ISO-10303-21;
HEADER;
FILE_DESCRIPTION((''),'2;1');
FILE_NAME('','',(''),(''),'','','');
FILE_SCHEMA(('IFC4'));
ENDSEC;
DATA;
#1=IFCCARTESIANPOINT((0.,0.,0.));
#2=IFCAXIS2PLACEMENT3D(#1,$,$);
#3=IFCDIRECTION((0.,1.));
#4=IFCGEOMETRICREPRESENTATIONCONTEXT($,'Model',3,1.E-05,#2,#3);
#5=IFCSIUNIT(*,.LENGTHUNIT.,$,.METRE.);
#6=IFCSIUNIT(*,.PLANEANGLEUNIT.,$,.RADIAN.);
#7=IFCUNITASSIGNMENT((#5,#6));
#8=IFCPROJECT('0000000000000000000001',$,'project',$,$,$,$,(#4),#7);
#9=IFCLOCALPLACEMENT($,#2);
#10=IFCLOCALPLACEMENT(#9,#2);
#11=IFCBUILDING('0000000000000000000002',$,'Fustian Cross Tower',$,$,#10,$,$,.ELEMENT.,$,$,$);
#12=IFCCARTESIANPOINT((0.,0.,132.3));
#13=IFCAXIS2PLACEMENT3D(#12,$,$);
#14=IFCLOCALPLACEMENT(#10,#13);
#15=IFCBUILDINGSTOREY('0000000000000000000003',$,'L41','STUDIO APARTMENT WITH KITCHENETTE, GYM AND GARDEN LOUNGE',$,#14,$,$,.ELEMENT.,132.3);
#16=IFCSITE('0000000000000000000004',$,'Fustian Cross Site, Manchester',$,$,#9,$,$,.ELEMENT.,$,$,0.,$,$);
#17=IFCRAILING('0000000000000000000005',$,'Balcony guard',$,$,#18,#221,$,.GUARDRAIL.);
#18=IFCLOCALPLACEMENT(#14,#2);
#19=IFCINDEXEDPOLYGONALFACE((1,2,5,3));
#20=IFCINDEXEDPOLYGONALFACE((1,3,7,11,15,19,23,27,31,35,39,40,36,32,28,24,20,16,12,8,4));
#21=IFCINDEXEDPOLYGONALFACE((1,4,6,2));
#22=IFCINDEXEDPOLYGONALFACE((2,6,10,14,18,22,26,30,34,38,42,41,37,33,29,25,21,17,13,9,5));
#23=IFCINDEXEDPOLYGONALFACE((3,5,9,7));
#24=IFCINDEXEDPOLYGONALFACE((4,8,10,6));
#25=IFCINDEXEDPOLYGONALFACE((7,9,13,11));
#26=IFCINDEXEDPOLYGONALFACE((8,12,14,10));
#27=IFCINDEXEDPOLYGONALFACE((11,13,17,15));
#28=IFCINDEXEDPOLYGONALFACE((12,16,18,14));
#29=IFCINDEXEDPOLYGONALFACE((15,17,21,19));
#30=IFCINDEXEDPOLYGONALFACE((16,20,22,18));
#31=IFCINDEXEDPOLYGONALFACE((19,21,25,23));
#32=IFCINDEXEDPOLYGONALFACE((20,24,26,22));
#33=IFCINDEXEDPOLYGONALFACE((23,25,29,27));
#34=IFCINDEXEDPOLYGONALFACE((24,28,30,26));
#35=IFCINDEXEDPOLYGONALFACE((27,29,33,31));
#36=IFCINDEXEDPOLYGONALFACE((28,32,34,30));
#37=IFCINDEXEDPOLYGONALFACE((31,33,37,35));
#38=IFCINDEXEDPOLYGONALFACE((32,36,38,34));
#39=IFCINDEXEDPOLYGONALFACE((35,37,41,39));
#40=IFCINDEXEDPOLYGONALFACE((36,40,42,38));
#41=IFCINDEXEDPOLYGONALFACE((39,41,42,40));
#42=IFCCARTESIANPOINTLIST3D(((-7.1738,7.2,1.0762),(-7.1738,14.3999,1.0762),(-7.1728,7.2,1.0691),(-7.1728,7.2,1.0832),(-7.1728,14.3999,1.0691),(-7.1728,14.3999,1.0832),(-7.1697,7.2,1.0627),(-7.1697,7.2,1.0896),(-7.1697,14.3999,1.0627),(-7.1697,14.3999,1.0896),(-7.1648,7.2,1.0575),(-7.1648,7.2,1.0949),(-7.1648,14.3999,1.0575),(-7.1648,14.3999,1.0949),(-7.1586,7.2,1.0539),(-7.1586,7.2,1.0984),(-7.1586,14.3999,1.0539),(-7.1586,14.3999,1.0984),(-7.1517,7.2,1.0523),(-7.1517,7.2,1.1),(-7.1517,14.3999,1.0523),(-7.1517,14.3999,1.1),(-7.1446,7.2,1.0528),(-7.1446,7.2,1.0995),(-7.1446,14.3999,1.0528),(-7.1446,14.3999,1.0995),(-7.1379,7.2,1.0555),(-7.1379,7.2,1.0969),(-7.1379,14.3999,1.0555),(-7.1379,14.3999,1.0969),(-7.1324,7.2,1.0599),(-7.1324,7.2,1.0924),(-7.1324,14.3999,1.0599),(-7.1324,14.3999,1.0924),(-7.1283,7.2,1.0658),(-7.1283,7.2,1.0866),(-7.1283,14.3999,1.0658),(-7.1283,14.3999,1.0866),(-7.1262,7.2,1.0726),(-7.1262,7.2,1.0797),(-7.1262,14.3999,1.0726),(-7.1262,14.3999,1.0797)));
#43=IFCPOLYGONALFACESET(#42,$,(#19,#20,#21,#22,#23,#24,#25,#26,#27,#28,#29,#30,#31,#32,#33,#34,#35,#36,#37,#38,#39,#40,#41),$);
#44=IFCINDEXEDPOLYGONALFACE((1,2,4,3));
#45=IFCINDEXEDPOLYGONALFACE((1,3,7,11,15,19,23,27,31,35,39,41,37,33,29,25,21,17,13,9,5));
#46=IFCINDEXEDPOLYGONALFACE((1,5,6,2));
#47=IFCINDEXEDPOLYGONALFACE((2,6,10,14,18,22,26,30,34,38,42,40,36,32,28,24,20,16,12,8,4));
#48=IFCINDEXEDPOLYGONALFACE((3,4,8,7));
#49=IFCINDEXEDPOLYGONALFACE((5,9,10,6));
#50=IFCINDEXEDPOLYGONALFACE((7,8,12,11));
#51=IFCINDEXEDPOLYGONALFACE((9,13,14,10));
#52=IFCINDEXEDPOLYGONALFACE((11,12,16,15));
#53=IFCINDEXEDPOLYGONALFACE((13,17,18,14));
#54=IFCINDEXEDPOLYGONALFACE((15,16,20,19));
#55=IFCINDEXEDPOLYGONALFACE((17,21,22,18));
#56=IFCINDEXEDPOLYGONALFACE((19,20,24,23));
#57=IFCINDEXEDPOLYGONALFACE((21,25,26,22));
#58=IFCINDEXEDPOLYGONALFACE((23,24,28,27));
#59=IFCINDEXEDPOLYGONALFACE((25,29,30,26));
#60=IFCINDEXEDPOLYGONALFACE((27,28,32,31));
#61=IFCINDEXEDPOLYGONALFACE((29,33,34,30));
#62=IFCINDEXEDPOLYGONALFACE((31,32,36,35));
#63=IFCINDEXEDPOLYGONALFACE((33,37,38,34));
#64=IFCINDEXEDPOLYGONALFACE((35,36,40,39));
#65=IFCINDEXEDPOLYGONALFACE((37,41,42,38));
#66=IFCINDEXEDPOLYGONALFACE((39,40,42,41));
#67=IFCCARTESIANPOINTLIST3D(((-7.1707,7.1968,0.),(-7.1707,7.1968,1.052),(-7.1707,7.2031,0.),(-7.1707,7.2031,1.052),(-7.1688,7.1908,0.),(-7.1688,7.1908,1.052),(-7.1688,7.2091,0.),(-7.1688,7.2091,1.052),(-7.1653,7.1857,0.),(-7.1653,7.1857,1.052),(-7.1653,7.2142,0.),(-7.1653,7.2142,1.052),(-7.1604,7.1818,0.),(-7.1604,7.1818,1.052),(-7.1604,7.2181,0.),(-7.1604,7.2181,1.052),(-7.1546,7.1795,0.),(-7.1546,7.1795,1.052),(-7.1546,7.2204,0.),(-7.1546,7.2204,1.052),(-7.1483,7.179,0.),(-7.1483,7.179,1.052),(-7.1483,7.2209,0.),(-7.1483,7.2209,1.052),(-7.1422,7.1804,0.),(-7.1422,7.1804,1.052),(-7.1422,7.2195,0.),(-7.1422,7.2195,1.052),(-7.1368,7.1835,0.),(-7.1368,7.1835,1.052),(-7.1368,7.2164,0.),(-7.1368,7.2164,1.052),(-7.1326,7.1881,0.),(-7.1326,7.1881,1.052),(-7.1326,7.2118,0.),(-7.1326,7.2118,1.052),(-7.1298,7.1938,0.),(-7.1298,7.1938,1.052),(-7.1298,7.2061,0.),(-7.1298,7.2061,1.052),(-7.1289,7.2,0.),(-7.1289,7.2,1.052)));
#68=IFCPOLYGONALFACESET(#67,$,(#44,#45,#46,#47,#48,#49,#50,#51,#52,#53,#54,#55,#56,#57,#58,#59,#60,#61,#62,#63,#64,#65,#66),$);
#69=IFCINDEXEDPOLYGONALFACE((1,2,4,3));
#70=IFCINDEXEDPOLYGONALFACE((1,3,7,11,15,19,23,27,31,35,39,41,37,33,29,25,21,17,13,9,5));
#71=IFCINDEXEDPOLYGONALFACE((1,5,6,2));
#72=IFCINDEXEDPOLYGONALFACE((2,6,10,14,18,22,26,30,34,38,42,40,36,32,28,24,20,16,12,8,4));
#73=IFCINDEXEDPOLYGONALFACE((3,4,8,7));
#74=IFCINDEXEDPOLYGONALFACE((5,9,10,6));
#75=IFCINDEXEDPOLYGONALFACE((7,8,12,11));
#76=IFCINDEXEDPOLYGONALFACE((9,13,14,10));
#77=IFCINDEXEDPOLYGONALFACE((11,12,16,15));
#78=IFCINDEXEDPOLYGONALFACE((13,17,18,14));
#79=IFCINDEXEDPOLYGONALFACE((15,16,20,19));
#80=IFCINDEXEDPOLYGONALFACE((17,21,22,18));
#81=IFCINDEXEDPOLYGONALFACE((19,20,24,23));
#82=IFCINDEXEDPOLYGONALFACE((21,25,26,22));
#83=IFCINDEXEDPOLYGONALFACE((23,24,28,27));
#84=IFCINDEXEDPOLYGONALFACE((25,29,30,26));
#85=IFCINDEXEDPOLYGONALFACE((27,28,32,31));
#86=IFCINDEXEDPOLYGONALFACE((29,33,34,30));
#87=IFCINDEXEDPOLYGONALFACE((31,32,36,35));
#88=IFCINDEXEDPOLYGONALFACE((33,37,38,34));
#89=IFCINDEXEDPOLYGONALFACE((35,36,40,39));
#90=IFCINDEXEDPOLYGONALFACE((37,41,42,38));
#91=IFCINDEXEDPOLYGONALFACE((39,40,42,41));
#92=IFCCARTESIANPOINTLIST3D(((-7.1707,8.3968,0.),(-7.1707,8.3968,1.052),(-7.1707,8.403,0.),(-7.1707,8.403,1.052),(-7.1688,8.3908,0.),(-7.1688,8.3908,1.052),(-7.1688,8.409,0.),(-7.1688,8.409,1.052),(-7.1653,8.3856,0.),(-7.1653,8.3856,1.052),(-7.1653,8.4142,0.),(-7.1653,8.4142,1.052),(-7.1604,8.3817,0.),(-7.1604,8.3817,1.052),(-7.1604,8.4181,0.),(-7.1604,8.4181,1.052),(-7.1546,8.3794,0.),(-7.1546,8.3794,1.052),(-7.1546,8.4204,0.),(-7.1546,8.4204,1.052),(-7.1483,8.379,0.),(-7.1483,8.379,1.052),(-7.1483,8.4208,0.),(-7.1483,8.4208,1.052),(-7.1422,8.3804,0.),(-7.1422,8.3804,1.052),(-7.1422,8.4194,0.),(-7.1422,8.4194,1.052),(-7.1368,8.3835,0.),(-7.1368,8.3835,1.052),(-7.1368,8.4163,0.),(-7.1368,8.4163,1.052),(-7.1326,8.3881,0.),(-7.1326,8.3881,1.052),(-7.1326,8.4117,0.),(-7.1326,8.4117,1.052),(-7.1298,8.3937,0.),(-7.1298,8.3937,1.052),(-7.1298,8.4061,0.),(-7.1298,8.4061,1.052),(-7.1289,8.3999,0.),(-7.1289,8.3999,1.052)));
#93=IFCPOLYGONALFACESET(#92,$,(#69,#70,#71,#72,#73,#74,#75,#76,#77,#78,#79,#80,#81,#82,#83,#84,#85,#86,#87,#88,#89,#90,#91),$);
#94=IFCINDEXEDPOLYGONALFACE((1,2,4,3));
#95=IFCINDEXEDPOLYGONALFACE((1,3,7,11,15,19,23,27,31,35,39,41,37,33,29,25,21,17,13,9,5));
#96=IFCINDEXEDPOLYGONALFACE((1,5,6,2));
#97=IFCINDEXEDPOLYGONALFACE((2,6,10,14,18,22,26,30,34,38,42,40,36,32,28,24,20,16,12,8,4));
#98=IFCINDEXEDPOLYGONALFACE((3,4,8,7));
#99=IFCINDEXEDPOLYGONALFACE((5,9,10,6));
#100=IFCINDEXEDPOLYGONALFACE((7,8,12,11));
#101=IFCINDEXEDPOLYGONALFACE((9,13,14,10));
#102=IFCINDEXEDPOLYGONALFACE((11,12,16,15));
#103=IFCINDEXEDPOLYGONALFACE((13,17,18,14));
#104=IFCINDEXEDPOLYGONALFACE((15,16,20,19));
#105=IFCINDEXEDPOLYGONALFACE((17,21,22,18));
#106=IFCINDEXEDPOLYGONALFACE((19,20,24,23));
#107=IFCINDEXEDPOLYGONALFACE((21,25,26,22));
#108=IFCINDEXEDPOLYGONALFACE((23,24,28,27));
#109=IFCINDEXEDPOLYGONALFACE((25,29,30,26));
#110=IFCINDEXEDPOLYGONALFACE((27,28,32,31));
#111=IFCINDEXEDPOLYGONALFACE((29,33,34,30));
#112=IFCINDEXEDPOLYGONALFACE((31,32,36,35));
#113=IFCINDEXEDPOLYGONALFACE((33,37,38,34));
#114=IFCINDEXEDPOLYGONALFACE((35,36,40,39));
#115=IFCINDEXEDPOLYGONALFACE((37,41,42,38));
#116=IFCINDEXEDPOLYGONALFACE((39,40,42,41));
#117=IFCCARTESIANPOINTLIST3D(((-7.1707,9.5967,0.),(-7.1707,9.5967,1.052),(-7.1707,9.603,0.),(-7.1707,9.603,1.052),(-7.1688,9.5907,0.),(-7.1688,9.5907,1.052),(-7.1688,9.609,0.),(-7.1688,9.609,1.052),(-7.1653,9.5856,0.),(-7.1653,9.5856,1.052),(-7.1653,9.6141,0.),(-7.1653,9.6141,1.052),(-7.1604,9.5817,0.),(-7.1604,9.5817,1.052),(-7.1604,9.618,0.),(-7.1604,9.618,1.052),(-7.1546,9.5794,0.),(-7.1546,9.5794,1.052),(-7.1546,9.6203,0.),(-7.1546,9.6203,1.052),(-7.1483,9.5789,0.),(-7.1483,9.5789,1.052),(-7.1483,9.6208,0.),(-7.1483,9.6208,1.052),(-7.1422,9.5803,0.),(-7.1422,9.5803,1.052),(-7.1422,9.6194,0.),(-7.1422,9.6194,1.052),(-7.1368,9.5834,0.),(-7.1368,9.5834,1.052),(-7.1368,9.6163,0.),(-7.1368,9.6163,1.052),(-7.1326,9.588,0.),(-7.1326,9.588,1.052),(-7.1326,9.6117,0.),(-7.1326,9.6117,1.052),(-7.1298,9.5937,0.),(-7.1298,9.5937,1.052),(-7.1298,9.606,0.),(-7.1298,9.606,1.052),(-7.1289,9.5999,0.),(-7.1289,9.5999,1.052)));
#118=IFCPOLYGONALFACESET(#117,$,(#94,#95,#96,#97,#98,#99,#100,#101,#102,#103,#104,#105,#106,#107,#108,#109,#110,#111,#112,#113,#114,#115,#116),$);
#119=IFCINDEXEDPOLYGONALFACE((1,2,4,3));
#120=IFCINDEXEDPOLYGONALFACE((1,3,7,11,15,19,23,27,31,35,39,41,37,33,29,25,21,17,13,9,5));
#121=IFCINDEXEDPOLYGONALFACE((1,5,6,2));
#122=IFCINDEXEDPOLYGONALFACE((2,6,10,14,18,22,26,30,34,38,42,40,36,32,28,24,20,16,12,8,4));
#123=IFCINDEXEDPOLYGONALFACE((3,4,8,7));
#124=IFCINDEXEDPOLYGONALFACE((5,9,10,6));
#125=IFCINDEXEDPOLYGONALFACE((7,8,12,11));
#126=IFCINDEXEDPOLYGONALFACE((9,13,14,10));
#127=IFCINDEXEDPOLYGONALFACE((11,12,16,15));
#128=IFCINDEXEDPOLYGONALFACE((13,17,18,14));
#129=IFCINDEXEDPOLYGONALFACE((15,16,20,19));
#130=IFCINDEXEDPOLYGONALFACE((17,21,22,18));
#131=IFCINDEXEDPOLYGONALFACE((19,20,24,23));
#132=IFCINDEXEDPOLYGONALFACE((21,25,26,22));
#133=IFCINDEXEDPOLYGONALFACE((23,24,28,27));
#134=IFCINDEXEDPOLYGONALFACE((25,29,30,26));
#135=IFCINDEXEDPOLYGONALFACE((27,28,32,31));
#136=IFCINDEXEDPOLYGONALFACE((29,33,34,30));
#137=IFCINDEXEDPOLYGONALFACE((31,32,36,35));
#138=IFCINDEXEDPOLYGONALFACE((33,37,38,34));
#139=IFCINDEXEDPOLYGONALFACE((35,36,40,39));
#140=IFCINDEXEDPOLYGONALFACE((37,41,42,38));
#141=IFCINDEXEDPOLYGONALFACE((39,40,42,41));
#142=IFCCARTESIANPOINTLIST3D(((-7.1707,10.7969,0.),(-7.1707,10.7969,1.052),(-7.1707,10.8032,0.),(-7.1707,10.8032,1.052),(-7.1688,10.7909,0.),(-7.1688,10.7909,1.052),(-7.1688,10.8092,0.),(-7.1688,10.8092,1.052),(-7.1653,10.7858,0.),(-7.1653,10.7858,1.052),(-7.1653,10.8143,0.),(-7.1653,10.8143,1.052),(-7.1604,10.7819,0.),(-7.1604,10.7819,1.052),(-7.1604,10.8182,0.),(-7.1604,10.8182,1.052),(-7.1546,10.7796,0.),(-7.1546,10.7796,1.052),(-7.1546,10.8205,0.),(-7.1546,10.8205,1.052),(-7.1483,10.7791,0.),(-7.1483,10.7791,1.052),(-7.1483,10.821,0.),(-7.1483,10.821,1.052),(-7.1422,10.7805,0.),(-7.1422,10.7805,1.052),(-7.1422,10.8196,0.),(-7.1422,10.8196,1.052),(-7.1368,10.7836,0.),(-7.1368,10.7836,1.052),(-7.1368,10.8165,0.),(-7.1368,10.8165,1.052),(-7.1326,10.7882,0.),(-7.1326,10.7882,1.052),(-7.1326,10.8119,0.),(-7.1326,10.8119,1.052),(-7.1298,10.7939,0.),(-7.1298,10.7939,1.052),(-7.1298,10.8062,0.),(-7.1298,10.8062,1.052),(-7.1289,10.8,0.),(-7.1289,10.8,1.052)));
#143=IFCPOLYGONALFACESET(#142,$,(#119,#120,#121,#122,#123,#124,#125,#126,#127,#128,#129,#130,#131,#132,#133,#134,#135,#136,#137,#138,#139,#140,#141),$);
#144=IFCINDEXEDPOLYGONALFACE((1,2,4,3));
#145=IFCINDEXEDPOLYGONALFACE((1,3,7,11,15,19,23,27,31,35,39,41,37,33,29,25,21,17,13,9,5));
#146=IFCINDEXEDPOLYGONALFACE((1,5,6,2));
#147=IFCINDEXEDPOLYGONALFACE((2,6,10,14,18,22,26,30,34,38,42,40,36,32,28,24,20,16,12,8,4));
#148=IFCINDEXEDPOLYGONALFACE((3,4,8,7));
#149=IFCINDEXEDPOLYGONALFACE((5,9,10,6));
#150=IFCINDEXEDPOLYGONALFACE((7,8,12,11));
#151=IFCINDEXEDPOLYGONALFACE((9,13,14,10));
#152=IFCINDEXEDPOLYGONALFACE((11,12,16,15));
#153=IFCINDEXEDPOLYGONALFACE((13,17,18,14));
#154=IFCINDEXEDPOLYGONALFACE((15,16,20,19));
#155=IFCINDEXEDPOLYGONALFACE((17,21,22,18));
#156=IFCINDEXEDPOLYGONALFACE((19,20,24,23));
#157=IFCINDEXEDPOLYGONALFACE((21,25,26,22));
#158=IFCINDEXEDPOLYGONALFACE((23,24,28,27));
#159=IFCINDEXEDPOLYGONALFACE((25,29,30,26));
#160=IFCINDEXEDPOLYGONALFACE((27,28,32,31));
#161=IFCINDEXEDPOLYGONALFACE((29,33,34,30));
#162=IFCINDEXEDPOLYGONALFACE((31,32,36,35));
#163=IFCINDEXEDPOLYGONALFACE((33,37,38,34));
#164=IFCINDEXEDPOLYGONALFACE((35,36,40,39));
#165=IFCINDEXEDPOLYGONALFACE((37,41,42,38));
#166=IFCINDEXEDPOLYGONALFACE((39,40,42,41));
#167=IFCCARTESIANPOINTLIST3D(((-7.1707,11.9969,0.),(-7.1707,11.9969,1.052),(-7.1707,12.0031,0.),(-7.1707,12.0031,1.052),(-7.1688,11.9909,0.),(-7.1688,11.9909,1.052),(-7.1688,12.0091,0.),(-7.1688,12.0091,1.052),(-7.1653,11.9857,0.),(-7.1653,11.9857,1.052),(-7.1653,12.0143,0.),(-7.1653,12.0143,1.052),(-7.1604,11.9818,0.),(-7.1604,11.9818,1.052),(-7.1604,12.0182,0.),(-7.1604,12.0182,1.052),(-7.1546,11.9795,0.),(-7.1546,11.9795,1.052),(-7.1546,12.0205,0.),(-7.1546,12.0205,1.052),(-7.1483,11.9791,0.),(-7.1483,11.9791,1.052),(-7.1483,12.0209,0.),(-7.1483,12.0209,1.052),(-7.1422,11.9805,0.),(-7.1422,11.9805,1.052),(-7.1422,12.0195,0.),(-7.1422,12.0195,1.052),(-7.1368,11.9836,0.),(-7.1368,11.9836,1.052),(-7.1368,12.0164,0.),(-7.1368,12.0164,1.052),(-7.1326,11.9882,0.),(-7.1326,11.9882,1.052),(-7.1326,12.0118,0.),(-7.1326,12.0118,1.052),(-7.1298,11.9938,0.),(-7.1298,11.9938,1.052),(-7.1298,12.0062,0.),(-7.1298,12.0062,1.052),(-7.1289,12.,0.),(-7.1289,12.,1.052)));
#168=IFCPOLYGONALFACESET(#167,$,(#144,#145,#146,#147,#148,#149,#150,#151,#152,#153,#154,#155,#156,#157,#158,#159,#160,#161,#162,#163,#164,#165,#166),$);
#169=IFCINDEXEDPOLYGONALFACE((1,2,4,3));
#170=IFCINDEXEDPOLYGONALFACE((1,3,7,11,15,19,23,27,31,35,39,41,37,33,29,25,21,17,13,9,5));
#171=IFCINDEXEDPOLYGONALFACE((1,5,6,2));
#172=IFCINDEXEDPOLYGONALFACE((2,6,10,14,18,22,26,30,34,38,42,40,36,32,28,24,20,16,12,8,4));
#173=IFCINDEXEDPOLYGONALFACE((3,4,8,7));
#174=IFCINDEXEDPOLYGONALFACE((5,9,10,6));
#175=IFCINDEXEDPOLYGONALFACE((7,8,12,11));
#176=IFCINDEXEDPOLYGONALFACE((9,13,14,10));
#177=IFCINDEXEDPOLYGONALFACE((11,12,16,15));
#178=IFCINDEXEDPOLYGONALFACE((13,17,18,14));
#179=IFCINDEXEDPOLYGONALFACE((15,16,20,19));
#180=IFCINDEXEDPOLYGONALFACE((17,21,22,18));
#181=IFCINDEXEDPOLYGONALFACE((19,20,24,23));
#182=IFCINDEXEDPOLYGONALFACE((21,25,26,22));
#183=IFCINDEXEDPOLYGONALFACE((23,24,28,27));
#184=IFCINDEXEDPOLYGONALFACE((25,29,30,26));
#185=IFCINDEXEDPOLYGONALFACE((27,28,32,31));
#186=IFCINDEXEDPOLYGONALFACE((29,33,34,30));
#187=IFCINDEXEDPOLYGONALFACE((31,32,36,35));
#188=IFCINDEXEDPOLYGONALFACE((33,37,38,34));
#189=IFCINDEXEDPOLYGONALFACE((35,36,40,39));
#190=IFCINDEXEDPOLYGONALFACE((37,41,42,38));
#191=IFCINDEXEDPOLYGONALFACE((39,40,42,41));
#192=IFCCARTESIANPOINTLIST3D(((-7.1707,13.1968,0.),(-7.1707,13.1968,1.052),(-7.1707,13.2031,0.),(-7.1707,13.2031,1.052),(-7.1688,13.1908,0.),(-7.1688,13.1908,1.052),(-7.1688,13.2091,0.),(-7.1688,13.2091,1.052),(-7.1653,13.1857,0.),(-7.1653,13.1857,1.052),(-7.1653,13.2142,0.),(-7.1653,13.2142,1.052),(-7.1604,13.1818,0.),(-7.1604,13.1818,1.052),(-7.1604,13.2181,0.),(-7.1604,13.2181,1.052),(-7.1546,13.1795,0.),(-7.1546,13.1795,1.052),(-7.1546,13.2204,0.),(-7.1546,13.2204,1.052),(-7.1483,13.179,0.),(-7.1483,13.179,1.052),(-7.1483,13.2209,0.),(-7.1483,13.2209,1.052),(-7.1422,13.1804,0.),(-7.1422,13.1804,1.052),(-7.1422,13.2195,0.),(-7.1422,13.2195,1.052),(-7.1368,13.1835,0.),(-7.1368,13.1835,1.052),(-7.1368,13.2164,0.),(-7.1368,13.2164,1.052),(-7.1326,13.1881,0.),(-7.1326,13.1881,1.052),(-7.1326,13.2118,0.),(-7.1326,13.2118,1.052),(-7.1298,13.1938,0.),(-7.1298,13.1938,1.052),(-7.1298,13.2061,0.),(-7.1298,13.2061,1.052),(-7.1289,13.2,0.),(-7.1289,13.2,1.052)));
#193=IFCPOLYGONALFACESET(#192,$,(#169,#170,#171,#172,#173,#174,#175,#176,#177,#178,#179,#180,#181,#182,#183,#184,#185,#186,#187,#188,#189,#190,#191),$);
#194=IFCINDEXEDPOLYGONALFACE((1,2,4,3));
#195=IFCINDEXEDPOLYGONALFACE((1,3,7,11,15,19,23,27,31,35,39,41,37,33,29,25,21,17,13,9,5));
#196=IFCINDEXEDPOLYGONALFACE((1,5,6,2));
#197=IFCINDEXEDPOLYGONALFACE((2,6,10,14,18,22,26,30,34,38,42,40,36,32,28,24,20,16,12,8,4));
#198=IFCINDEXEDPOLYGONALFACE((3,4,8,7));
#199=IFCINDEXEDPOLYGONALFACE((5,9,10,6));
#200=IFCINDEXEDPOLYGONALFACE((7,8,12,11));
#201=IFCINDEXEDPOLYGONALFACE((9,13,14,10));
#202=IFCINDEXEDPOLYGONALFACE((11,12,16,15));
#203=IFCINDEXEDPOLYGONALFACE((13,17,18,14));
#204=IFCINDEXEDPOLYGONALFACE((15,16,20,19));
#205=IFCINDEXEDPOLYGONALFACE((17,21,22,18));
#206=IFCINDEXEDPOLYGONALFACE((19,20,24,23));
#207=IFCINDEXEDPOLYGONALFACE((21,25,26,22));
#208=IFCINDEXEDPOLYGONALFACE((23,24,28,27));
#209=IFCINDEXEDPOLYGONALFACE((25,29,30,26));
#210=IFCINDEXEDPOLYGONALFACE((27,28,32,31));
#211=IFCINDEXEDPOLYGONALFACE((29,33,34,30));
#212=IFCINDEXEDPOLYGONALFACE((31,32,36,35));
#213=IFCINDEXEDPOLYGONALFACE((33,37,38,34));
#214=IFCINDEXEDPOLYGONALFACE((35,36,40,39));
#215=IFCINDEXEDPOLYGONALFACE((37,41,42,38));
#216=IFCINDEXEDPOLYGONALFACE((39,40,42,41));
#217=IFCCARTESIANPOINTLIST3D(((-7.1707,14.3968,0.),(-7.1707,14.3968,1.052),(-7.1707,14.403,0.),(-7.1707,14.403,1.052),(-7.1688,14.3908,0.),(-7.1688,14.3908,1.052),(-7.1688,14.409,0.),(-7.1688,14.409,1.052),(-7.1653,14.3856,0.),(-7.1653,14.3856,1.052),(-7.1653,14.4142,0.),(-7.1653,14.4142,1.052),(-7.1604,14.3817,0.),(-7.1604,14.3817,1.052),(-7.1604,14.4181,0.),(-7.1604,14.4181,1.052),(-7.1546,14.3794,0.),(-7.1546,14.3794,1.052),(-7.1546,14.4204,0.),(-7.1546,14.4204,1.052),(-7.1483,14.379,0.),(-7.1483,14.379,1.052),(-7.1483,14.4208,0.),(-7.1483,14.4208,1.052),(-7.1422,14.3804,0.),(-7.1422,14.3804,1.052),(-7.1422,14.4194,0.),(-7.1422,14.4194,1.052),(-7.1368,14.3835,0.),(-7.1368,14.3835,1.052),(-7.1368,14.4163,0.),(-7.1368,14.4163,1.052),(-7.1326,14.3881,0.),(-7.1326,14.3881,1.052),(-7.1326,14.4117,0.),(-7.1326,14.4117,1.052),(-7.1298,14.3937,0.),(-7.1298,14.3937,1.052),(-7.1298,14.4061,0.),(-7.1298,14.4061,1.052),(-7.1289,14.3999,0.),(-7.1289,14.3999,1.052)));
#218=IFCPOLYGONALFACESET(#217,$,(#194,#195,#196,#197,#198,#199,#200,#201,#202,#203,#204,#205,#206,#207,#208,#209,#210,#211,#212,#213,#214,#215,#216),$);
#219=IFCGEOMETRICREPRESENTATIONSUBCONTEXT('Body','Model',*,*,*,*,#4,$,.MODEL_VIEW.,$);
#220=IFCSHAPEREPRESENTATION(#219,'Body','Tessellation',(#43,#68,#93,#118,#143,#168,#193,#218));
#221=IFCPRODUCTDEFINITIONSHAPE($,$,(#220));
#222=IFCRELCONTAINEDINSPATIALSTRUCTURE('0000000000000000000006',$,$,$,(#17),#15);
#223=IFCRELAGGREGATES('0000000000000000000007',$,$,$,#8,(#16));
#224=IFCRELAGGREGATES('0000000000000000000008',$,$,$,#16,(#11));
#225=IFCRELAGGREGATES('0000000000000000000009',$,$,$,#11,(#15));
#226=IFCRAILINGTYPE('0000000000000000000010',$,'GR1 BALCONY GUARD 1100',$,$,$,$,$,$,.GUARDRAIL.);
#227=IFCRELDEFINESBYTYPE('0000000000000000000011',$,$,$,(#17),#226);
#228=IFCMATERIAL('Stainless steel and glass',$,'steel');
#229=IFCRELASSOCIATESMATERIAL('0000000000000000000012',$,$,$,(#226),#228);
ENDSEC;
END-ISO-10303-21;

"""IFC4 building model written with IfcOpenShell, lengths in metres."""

from ifc_helpers import new_model, si_unit, direction, frame, origin, origin_2d, place, context, subcontext, project, spatial, circle, extrude, material, type_object, element, save


model = new_model("IFC4")

# Units and contexts
model_context = context("Model", 3, precision=1e-05, world=origin(), true_north=direction((0.0, 1.0)))
body_context = subcontext(model_context, "Body", "Model", "MODEL_VIEW")
ifc_project = project(units=[si_unit("LENGTHUNIT", "METRE"), si_unit("PLANEANGLEUNIT", "RADIAN")], contexts=[model_context])

# Site, building, storey
site_placement = place(None, origin())
site = spatial("IfcSite", under=ifc_project, at=site_placement, Name="Fustian Cross Site, Manchester", CompositionType="ELEMENT", RefElevation=0.0)
building_placement = place(site_placement, origin())
building = spatial("IfcBuilding", under=site, at=building_placement, Name="Fustian Cross Tower", CompositionType="ELEMENT")
storey_placement = place(building_placement, frame((0.0, 0.0, 132.3)))
storey = spatial("IfcBuildingStorey", under=building, at=storey_placement, Name="L41", Description="STUDIO APARTMENT WITH KITCHENETTE, GYM AND GARDEN LOUNGE", CompositionType="ELEMENT", Elevation=132.3)

# Railing
ifc_material_1 = material(Name="Stainless steel and glass", Category="steel")
railing_type = type_object("IfcRailingType", Name="GR1 BALCONY GUARD 1100", PredefinedType="GUARDRAIL", material=ifc_material_1)
railing_placement = place(storey_placement, frame((-7.1499, 7.2, 0.0)))
element("IfcRailing", 1, at=railing_placement, inside=storey, type_object=railing_type, Name="Balcony guard", PredefinedType="GUARDRAIL", context=body_context, shape_type="SweptSolid", body=[
    extrude(circle(Radius=0.0239, at=origin_2d()), frame((0.0, 0.0, 1.0762), z_axis=(0.0, 1.0, 0.0), x_axis=(-1.0, 0.0, 0.0)), (0.0, 0.0, 1.0), 7.2),
    extrude(circle(Radius=0.021, at=origin_2d()), origin(), (0.0, 0.0, 1.0), 1.052),
    extrude(circle(Radius=0.021, at=origin_2d()), frame((0.0, 1.2, 0.0)), (0.0, 0.0, 1.0), 1.052),
    extrude(circle(Radius=0.021, at=origin_2d()), frame((0.0, 2.3999, 0.0)), (0.0, 0.0, 1.0), 1.052),
    extrude(circle(Radius=0.021, at=origin_2d()), frame((0.0, 3.6001, 0.0)), (0.0, 0.0, 1.0), 1.052),
    extrude(circle(Radius=0.021, at=origin_2d()), frame((0.0, 4.8, 0.0)), (0.0, 0.0, 1.0), 1.052),
    extrude(circle(Radius=0.021, at=origin_2d()), frame((0.0, 6.0, 0.0)), (0.0, 0.0, 1.0), 1.052),
    extrude(circle(Radius=0.021, at=origin_2d()), frame((0.0, 7.2, 0.0)), (0.0, 0.0, 1.0), 1.052),
])

save(model, "model.ifc")
